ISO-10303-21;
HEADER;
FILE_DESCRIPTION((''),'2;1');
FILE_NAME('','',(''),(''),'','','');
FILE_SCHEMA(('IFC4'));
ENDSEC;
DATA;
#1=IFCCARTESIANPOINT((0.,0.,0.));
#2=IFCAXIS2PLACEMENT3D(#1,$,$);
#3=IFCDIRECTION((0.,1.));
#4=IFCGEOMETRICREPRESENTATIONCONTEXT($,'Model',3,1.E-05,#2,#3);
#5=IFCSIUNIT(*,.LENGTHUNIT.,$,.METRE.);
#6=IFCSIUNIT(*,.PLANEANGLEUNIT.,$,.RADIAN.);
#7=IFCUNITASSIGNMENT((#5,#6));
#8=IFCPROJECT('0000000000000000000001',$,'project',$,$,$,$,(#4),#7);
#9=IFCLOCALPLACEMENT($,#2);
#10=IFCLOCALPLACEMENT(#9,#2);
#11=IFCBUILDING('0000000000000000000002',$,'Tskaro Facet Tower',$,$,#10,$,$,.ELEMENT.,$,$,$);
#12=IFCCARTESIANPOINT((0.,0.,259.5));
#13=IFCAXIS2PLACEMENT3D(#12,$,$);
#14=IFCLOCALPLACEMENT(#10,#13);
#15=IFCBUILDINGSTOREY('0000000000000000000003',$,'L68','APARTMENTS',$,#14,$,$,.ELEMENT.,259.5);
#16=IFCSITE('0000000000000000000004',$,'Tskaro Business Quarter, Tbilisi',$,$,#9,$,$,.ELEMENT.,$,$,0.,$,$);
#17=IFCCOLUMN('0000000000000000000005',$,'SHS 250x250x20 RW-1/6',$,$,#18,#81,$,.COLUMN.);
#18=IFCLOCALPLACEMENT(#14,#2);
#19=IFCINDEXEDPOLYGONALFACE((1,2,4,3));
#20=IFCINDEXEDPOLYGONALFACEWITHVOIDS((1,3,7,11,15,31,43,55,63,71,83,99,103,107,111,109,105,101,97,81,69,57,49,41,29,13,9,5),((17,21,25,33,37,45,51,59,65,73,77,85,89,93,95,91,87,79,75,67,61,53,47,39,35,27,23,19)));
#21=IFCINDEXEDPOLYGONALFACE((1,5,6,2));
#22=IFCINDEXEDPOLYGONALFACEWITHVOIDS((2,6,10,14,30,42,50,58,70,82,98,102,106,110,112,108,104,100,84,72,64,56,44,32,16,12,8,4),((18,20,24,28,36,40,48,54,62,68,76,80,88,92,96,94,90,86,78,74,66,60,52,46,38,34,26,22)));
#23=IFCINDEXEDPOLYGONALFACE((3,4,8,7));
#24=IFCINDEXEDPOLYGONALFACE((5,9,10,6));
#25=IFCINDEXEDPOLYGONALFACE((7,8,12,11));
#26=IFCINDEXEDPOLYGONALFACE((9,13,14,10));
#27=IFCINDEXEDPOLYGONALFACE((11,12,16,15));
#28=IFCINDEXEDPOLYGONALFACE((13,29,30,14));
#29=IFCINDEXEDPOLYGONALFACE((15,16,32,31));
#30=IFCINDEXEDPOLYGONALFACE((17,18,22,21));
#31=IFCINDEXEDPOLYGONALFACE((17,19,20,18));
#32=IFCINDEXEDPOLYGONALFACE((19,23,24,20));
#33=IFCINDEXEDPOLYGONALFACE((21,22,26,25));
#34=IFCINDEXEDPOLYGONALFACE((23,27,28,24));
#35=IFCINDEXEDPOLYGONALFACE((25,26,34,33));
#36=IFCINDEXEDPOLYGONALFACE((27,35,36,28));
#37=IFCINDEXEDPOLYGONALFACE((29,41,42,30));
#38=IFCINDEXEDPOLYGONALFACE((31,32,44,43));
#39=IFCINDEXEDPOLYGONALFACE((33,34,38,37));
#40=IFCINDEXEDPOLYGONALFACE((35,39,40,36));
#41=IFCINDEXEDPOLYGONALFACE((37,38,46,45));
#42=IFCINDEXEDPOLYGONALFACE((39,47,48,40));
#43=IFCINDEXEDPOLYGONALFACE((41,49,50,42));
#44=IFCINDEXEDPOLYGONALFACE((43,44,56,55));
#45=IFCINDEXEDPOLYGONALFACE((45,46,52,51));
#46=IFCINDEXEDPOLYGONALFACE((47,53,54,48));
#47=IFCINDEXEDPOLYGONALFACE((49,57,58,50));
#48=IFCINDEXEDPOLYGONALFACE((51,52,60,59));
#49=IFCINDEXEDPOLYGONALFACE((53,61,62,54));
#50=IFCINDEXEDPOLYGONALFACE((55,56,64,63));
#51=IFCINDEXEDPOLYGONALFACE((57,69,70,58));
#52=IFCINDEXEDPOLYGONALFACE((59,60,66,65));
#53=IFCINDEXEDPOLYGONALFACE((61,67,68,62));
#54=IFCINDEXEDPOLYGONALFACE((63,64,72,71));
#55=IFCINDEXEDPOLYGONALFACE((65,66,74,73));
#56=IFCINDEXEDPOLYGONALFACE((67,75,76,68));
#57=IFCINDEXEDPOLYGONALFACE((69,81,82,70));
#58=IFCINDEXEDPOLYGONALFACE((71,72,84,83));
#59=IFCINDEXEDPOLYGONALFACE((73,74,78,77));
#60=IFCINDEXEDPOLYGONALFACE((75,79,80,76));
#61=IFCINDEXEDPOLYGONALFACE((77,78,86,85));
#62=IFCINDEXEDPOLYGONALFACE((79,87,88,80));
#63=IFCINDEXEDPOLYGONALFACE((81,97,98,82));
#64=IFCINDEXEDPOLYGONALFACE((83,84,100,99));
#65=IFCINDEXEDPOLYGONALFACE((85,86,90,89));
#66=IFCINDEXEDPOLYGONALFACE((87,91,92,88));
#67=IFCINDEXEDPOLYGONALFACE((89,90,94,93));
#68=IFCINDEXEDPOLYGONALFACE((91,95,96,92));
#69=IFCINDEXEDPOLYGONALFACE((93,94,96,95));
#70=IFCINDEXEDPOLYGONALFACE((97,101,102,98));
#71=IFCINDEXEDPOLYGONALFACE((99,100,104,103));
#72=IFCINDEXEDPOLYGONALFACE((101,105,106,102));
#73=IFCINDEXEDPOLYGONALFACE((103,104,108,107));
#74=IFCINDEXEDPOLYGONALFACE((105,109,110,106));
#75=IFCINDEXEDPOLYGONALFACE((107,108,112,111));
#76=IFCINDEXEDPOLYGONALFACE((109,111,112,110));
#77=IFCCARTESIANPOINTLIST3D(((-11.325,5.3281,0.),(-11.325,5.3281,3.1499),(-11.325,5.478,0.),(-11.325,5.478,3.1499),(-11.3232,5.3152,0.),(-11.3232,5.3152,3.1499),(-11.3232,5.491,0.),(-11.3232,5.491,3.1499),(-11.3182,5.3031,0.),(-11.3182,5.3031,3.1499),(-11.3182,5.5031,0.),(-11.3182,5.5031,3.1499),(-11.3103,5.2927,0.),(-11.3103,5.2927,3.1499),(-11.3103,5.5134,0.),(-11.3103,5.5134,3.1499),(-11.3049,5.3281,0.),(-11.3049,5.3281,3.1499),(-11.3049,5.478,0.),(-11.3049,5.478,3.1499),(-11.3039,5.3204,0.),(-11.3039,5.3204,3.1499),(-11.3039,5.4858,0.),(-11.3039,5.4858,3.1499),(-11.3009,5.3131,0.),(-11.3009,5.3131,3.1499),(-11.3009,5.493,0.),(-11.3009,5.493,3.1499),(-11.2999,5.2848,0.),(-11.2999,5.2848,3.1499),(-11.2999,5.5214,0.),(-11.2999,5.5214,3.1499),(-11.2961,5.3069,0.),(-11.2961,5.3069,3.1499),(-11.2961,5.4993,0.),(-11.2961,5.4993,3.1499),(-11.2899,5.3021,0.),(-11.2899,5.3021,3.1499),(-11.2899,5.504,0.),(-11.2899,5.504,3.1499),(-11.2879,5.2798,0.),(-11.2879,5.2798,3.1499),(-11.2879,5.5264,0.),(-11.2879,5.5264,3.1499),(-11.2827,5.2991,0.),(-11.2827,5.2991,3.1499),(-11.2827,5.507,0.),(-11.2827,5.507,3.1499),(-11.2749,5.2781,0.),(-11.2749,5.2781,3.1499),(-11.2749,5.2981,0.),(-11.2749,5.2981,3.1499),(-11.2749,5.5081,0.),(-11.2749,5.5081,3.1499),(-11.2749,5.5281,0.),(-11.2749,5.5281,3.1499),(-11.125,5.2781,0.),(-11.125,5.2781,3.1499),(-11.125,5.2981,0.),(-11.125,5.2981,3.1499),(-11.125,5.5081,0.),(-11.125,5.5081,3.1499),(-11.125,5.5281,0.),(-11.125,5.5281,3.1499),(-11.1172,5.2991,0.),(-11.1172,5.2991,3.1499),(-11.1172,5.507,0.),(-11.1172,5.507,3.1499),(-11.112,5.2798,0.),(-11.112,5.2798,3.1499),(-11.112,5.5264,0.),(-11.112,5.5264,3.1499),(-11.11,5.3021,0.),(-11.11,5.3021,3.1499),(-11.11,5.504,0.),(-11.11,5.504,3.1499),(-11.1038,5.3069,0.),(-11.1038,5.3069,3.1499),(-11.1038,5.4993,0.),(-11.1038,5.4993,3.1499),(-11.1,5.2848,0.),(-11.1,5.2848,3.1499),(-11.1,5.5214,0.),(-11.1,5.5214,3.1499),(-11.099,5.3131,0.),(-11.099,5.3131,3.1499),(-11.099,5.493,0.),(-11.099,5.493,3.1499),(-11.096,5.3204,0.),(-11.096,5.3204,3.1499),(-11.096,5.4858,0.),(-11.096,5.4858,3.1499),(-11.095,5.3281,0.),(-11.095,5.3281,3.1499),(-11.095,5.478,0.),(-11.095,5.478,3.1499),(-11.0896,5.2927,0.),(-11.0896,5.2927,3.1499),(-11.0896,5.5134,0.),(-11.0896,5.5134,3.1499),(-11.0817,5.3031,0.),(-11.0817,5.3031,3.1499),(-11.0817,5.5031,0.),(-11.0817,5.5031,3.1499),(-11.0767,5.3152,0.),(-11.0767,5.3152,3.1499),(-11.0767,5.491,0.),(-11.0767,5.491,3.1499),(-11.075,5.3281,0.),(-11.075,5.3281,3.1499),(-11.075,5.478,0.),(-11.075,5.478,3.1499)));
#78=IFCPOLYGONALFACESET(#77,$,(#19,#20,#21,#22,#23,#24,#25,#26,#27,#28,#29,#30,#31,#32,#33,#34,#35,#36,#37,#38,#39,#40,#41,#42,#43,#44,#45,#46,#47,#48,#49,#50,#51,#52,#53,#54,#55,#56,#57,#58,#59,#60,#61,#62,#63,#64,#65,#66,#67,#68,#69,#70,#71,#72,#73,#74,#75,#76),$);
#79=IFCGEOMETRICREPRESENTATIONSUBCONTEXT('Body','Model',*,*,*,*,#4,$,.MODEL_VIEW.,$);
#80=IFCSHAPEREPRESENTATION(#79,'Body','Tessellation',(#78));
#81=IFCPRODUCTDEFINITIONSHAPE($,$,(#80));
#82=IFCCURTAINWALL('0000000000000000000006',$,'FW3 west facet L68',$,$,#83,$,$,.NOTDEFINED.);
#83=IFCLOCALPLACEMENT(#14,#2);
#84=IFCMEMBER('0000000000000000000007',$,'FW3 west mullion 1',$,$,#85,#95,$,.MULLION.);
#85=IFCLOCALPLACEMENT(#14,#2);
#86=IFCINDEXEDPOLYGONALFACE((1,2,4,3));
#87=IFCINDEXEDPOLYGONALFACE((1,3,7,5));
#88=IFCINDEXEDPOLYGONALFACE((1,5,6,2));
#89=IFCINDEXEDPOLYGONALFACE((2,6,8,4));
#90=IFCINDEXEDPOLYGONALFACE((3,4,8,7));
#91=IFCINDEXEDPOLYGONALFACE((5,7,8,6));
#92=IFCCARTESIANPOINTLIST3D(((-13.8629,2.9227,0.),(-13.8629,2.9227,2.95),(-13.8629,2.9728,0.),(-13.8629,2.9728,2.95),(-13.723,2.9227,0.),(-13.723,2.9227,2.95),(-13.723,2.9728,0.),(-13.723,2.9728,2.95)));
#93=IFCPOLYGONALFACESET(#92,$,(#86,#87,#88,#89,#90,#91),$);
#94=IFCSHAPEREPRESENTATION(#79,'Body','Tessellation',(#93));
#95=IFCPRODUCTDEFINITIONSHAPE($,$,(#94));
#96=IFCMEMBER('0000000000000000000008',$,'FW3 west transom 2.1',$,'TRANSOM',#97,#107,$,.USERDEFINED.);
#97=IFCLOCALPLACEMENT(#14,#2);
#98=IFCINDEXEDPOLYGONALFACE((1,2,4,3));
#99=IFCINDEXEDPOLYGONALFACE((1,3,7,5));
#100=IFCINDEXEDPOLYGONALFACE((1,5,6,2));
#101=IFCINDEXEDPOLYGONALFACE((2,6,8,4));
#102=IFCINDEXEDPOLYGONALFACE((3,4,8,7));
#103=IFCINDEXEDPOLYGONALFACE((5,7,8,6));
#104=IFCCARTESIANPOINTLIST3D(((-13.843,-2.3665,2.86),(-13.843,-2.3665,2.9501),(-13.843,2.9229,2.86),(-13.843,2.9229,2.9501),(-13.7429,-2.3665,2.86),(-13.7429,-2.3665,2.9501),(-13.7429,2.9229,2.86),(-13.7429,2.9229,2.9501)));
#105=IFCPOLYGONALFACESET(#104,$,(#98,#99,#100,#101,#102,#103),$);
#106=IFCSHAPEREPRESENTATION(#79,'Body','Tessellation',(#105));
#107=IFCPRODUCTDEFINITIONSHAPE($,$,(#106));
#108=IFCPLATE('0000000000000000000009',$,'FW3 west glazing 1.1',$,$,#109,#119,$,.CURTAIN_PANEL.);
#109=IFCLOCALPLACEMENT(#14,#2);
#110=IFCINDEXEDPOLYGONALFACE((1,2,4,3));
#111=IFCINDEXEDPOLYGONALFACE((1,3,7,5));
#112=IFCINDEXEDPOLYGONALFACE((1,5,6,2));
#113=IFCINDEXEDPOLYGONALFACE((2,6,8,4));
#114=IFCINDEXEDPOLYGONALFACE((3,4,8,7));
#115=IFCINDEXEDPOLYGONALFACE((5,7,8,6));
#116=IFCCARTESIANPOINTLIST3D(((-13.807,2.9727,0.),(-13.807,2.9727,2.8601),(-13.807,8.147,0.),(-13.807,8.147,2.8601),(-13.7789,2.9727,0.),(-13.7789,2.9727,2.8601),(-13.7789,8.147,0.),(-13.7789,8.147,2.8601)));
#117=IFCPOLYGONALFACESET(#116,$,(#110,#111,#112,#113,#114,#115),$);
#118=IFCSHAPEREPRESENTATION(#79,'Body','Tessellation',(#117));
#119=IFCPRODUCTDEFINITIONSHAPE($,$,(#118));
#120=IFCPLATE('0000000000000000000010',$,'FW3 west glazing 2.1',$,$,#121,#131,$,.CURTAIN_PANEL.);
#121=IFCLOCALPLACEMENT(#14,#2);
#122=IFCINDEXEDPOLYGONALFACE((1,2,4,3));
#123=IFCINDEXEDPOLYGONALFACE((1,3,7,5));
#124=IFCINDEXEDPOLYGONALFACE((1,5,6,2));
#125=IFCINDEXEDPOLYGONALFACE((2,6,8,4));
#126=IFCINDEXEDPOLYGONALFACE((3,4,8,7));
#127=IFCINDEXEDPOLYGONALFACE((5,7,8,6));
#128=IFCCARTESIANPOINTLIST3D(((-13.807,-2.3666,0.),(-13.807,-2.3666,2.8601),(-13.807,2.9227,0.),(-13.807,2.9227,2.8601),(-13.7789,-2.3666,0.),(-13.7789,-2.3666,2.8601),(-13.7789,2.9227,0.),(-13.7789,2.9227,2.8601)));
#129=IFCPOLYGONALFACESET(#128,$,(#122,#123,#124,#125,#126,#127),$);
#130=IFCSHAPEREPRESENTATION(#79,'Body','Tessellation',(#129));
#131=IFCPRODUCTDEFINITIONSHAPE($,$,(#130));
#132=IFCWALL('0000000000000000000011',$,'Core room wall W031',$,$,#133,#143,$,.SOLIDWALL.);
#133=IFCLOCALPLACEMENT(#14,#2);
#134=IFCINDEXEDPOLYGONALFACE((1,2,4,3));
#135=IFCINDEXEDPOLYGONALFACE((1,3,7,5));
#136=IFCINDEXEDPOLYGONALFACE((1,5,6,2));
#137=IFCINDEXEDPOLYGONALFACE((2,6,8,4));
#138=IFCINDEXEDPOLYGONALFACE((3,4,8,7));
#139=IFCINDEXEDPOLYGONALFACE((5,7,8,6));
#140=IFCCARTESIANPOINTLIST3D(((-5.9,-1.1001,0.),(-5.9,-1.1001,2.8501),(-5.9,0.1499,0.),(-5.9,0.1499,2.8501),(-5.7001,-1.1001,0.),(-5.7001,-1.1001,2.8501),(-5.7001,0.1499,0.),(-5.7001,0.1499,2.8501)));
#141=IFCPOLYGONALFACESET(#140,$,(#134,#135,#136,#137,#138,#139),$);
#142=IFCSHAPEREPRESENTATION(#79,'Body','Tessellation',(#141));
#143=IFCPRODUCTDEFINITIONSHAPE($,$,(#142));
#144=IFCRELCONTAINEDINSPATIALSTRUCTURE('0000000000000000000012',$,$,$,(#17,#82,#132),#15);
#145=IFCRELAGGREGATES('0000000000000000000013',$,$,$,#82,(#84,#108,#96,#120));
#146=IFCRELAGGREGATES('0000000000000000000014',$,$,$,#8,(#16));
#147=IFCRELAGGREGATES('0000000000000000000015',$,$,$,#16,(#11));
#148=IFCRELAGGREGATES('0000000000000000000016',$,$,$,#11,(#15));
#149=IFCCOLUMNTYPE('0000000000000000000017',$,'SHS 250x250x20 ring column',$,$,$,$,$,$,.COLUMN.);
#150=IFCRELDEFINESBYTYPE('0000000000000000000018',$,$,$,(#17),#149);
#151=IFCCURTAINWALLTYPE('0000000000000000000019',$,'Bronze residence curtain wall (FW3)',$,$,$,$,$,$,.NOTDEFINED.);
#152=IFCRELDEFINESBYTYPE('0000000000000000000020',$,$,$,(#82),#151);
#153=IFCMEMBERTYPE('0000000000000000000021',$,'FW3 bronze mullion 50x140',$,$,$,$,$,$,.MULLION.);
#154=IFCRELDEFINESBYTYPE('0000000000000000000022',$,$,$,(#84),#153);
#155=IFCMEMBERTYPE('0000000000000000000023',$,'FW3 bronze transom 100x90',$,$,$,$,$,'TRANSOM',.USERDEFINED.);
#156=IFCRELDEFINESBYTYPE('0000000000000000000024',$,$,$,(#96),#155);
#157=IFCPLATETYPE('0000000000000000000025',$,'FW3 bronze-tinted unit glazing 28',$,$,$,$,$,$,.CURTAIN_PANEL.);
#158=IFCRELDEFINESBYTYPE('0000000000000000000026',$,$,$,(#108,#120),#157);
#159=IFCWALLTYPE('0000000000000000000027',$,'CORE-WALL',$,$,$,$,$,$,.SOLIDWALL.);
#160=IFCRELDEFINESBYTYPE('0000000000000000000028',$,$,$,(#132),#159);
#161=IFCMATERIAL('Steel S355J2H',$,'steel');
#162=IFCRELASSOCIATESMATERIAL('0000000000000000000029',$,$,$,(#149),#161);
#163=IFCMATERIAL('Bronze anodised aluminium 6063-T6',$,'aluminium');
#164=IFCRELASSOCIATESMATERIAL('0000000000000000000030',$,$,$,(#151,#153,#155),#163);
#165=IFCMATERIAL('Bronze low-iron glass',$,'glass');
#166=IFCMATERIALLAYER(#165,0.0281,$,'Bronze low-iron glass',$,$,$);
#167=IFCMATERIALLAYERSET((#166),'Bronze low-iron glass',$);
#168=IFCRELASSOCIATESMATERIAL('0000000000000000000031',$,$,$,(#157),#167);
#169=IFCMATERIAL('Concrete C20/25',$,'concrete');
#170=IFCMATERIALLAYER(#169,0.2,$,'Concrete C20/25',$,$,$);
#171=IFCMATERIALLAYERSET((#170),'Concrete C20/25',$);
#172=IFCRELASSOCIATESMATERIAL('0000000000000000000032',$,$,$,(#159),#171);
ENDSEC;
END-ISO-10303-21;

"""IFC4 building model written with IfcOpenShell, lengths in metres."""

from ifc_helpers import new_model, si_unit, direction, frame, frame_2d, origin, origin_2d, place, context, subcontext, project, spatial, rectangle, hollow_rectangle, extrude, material, layer, layer_set, material_profile, profile_set, type_object, element, aggregate, save


model = new_model("IFC4")

# Units and contexts
model_context = context("Model", 3, precision=1e-05, world=origin(), true_north=direction((0.0, 1.0)))
body_context = subcontext(model_context, "Body", "Model", "MODEL_VIEW")
ifc_project = project(units=[si_unit("LENGTHUNIT", "METRE"), si_unit("PLANEANGLEUNIT", "RADIAN")], contexts=[model_context])

# Site, building, storey
site_placement = place(None, origin())
site = spatial("IfcSite", under=ifc_project, at=site_placement, Name="Tskaro Business Quarter, Tbilisi", CompositionType="ELEMENT", RefElevation=0.0)
building_placement = place(site_placement, origin())
building = spatial("IfcBuilding", under=site, at=building_placement, Name="Tskaro Facet Tower", CompositionType="ELEMENT")
storey_placement = place(building_placement, frame((0.0, 0.0, 259.5)))
storey = spatial("IfcBuildingStorey", under=building, at=storey_placement, Name="L68", Description="APARTMENTS", CompositionType="ELEMENT", Elevation=259.5)

# Column
ifc_material_1 = material(Name="Steel S355J2H", Category="steel")
ifc_material_profile_1 = material_profile(ifc_material_1, hollow_rectangle(XDim=0.25, YDim=0.25, WallThickness=0.02, InnerFilletRadius=0.03, OuterFilletRadius=0.05, at=origin_2d()), Name="SHS 250x250x20")
ifc_profile_set_1 = profile_set([ifc_material_profile_1], Name="Steel S355J2H")
column_type = type_object("IfcColumnType", Name="SHS 250x250x20 ring column", PredefinedType="COLUMN", material=ifc_profile_set_1)
column_placement = place(storey_placement, frame((-11.2, 5.4031, 0.0), z_axis=(0.0, 0.0, 1.0), x_axis=(1.0, 0.0, 0.0)))
element("IfcColumn", 1, at=column_placement, inside=storey, type_object=column_type, Name="SHS 250x250x20 RW-1/6", PredefinedType="COLUMN", context=body_context, shape_type="SweptSolid", body=[
    extrude(hollow_rectangle(XDim=0.25, YDim=0.25, WallThickness=0.02, InnerFilletRadius=0.03, OuterFilletRadius=0.05, at=origin_2d()), origin(), (0.0, 0.0, 1.0), 3.1499),
])

# Curtain wall, members, plates
ifc_material_2 = material(Name="Bronze anodised aluminium 6063-T6", Category="aluminium")
curtain_wall_type = type_object("IfcCurtainWallType", Name="Bronze residence curtain wall (FW3)", PredefinedType="NOTDEFINED", material=ifc_material_2)
curtain_wall_placement = place(storey_placement, origin())
curtain_wall = element("IfcCurtainWall", 2, at=curtain_wall_placement, inside=storey, type_object=curtain_wall_type, Name="FW3 west facet L68", PredefinedType="NOTDEFINED")
ifc_material_profile_2 = material_profile(ifc_material_2, rectangle(XDim=0.05, YDim=0.1399, at=origin_2d()), Name="Mullion 50x140")
ifc_profile_set_2 = profile_set([ifc_material_profile_2], Name="Bronze anodised aluminium 6063-T6")
member_type_1 = type_object("IfcMemberType", Name="FW3 bronze mullion 50x140", PredefinedType="MULLION", material=ifc_profile_set_2)
member_1_placement = place(storey_placement, frame((-13.793, 2.9478, 0.0), z_axis=(0.0, 0.0, 1.0), x_axis=(0.0, -1.0, 0.0)))
member_1 = element("IfcMember", 3, at=member_1_placement, type_object=member_type_1, Name="FW3 west mullion 1", PredefinedType="MULLION", context=body_context, shape_type="SweptSolid", body=[
    extrude(rectangle(XDim=0.05, YDim=0.1399, at=origin_2d()), origin(), (0.0, 0.0, 1.0), 2.95),
])
ifc_material_profile_3 = material_profile(ifc_material_2, rectangle(XDim=0.1001, YDim=0.0901, at=origin_2d()), Name="Transom 100x90")
ifc_profile_set_3 = profile_set([ifc_material_profile_3], Name="Bronze anodised aluminium 6063-T6")
member_type_2 = type_object("IfcMemberType", Name="FW3 bronze transom 100x90", ElementType="TRANSOM", PredefinedType="USERDEFINED", material=ifc_profile_set_3)
member_2_placement = place(storey_placement, frame((-13.793, 2.9229, 2.905), z_axis=(0.0, -1.0, 0.0), x_axis=(1.0, 0.0, 0.0)))
member_2 = element("IfcMember", 4, at=member_2_placement, type_object=member_type_2, Name="FW3 west transom 2.1", ObjectType="TRANSOM", PredefinedType="USERDEFINED", context=body_context, shape_type="SweptSolid", body=[
    extrude(rectangle(XDim=0.1001, YDim=0.0901, at=origin_2d()), origin(), (0.0, 0.0, 1.0), 5.2893),
])
ifc_material_3 = material(Name="Bronze low-iron glass", Category="glass")
ifc_layer_1 = layer(ifc_material_3, 0.0281, Name="Bronze low-iron glass")
ifc_layer_set_1 = layer_set([ifc_layer_1], Name="Bronze low-iron glass")
plate_type = type_object("IfcPlateType", Name="FW3 bronze-tinted unit glazing 28", PredefinedType="CURTAIN_PANEL", material=ifc_layer_set_1)
plate_1_placement = place(storey_placement, frame((-13.793, 5.5598, 0.0), z_axis=(0.0, 0.0, 1.0), x_axis=(0.0, -1.0, 0.0)))
plate_1 = element("IfcPlate", 5, at=plate_1_placement, type_object=plate_type, Name="FW3 west glazing 1.1", PredefinedType="CURTAIN_PANEL", context=body_context, shape_type="SweptSolid", body=[
    extrude(rectangle(XDim=5.1743, YDim=0.0281, at=origin_2d()), origin(), (0.0, 0.0, 1.0), 2.8601),
])
plate_2_placement = place(storey_placement, frame((-13.793, 0.2781, 0.0), z_axis=(0.0, 0.0, 1.0), x_axis=(0.0, -1.0, 0.0)))
plate_2 = element("IfcPlate", 6, at=plate_2_placement, type_object=plate_type, Name="FW3 west glazing 2.1", PredefinedType="CURTAIN_PANEL", context=body_context, shape_type="SweptSolid", body=[
    extrude(rectangle(XDim=5.2893, YDim=0.0281, at=origin_2d()), origin(), (0.0, 0.0, 1.0), 2.8601),
])
aggregate(curtain_wall, [member_1, plate_1, member_2, plate_2])

# Wall
ifc_material_4 = material(Name="Concrete C20/25", Category="concrete")
ifc_layer_2 = layer(ifc_material_4, 0.2, Name="Concrete C20/25")
ifc_layer_set_2 = layer_set([ifc_layer_2], Name="Concrete C20/25")
wall_type_1 = type_object("IfcWallType", Name="CORE-WALL", PredefinedType="SOLIDWALL", material=ifc_layer_set_2)
wall_1_placement = place(storey_placement, frame((-5.8, -1.1001, 0.0), z_axis=(0.0, 0.0, 1.0), x_axis=(0.0, 1.0, 0.0)))
element("IfcWall", 7, at=wall_1_placement, inside=storey, type_object=wall_type_1, Name="Core room wall W031", PredefinedType="SOLIDWALL", context=body_context, shape_type="SweptSolid", body=[
    extrude(rectangle(XDim=1.25, YDim=0.2, at=frame_2d((0.625, 0.0))), origin(), (0.0, 0.0, 1.0), 2.8501),
])

save(model, "model.ifc")
